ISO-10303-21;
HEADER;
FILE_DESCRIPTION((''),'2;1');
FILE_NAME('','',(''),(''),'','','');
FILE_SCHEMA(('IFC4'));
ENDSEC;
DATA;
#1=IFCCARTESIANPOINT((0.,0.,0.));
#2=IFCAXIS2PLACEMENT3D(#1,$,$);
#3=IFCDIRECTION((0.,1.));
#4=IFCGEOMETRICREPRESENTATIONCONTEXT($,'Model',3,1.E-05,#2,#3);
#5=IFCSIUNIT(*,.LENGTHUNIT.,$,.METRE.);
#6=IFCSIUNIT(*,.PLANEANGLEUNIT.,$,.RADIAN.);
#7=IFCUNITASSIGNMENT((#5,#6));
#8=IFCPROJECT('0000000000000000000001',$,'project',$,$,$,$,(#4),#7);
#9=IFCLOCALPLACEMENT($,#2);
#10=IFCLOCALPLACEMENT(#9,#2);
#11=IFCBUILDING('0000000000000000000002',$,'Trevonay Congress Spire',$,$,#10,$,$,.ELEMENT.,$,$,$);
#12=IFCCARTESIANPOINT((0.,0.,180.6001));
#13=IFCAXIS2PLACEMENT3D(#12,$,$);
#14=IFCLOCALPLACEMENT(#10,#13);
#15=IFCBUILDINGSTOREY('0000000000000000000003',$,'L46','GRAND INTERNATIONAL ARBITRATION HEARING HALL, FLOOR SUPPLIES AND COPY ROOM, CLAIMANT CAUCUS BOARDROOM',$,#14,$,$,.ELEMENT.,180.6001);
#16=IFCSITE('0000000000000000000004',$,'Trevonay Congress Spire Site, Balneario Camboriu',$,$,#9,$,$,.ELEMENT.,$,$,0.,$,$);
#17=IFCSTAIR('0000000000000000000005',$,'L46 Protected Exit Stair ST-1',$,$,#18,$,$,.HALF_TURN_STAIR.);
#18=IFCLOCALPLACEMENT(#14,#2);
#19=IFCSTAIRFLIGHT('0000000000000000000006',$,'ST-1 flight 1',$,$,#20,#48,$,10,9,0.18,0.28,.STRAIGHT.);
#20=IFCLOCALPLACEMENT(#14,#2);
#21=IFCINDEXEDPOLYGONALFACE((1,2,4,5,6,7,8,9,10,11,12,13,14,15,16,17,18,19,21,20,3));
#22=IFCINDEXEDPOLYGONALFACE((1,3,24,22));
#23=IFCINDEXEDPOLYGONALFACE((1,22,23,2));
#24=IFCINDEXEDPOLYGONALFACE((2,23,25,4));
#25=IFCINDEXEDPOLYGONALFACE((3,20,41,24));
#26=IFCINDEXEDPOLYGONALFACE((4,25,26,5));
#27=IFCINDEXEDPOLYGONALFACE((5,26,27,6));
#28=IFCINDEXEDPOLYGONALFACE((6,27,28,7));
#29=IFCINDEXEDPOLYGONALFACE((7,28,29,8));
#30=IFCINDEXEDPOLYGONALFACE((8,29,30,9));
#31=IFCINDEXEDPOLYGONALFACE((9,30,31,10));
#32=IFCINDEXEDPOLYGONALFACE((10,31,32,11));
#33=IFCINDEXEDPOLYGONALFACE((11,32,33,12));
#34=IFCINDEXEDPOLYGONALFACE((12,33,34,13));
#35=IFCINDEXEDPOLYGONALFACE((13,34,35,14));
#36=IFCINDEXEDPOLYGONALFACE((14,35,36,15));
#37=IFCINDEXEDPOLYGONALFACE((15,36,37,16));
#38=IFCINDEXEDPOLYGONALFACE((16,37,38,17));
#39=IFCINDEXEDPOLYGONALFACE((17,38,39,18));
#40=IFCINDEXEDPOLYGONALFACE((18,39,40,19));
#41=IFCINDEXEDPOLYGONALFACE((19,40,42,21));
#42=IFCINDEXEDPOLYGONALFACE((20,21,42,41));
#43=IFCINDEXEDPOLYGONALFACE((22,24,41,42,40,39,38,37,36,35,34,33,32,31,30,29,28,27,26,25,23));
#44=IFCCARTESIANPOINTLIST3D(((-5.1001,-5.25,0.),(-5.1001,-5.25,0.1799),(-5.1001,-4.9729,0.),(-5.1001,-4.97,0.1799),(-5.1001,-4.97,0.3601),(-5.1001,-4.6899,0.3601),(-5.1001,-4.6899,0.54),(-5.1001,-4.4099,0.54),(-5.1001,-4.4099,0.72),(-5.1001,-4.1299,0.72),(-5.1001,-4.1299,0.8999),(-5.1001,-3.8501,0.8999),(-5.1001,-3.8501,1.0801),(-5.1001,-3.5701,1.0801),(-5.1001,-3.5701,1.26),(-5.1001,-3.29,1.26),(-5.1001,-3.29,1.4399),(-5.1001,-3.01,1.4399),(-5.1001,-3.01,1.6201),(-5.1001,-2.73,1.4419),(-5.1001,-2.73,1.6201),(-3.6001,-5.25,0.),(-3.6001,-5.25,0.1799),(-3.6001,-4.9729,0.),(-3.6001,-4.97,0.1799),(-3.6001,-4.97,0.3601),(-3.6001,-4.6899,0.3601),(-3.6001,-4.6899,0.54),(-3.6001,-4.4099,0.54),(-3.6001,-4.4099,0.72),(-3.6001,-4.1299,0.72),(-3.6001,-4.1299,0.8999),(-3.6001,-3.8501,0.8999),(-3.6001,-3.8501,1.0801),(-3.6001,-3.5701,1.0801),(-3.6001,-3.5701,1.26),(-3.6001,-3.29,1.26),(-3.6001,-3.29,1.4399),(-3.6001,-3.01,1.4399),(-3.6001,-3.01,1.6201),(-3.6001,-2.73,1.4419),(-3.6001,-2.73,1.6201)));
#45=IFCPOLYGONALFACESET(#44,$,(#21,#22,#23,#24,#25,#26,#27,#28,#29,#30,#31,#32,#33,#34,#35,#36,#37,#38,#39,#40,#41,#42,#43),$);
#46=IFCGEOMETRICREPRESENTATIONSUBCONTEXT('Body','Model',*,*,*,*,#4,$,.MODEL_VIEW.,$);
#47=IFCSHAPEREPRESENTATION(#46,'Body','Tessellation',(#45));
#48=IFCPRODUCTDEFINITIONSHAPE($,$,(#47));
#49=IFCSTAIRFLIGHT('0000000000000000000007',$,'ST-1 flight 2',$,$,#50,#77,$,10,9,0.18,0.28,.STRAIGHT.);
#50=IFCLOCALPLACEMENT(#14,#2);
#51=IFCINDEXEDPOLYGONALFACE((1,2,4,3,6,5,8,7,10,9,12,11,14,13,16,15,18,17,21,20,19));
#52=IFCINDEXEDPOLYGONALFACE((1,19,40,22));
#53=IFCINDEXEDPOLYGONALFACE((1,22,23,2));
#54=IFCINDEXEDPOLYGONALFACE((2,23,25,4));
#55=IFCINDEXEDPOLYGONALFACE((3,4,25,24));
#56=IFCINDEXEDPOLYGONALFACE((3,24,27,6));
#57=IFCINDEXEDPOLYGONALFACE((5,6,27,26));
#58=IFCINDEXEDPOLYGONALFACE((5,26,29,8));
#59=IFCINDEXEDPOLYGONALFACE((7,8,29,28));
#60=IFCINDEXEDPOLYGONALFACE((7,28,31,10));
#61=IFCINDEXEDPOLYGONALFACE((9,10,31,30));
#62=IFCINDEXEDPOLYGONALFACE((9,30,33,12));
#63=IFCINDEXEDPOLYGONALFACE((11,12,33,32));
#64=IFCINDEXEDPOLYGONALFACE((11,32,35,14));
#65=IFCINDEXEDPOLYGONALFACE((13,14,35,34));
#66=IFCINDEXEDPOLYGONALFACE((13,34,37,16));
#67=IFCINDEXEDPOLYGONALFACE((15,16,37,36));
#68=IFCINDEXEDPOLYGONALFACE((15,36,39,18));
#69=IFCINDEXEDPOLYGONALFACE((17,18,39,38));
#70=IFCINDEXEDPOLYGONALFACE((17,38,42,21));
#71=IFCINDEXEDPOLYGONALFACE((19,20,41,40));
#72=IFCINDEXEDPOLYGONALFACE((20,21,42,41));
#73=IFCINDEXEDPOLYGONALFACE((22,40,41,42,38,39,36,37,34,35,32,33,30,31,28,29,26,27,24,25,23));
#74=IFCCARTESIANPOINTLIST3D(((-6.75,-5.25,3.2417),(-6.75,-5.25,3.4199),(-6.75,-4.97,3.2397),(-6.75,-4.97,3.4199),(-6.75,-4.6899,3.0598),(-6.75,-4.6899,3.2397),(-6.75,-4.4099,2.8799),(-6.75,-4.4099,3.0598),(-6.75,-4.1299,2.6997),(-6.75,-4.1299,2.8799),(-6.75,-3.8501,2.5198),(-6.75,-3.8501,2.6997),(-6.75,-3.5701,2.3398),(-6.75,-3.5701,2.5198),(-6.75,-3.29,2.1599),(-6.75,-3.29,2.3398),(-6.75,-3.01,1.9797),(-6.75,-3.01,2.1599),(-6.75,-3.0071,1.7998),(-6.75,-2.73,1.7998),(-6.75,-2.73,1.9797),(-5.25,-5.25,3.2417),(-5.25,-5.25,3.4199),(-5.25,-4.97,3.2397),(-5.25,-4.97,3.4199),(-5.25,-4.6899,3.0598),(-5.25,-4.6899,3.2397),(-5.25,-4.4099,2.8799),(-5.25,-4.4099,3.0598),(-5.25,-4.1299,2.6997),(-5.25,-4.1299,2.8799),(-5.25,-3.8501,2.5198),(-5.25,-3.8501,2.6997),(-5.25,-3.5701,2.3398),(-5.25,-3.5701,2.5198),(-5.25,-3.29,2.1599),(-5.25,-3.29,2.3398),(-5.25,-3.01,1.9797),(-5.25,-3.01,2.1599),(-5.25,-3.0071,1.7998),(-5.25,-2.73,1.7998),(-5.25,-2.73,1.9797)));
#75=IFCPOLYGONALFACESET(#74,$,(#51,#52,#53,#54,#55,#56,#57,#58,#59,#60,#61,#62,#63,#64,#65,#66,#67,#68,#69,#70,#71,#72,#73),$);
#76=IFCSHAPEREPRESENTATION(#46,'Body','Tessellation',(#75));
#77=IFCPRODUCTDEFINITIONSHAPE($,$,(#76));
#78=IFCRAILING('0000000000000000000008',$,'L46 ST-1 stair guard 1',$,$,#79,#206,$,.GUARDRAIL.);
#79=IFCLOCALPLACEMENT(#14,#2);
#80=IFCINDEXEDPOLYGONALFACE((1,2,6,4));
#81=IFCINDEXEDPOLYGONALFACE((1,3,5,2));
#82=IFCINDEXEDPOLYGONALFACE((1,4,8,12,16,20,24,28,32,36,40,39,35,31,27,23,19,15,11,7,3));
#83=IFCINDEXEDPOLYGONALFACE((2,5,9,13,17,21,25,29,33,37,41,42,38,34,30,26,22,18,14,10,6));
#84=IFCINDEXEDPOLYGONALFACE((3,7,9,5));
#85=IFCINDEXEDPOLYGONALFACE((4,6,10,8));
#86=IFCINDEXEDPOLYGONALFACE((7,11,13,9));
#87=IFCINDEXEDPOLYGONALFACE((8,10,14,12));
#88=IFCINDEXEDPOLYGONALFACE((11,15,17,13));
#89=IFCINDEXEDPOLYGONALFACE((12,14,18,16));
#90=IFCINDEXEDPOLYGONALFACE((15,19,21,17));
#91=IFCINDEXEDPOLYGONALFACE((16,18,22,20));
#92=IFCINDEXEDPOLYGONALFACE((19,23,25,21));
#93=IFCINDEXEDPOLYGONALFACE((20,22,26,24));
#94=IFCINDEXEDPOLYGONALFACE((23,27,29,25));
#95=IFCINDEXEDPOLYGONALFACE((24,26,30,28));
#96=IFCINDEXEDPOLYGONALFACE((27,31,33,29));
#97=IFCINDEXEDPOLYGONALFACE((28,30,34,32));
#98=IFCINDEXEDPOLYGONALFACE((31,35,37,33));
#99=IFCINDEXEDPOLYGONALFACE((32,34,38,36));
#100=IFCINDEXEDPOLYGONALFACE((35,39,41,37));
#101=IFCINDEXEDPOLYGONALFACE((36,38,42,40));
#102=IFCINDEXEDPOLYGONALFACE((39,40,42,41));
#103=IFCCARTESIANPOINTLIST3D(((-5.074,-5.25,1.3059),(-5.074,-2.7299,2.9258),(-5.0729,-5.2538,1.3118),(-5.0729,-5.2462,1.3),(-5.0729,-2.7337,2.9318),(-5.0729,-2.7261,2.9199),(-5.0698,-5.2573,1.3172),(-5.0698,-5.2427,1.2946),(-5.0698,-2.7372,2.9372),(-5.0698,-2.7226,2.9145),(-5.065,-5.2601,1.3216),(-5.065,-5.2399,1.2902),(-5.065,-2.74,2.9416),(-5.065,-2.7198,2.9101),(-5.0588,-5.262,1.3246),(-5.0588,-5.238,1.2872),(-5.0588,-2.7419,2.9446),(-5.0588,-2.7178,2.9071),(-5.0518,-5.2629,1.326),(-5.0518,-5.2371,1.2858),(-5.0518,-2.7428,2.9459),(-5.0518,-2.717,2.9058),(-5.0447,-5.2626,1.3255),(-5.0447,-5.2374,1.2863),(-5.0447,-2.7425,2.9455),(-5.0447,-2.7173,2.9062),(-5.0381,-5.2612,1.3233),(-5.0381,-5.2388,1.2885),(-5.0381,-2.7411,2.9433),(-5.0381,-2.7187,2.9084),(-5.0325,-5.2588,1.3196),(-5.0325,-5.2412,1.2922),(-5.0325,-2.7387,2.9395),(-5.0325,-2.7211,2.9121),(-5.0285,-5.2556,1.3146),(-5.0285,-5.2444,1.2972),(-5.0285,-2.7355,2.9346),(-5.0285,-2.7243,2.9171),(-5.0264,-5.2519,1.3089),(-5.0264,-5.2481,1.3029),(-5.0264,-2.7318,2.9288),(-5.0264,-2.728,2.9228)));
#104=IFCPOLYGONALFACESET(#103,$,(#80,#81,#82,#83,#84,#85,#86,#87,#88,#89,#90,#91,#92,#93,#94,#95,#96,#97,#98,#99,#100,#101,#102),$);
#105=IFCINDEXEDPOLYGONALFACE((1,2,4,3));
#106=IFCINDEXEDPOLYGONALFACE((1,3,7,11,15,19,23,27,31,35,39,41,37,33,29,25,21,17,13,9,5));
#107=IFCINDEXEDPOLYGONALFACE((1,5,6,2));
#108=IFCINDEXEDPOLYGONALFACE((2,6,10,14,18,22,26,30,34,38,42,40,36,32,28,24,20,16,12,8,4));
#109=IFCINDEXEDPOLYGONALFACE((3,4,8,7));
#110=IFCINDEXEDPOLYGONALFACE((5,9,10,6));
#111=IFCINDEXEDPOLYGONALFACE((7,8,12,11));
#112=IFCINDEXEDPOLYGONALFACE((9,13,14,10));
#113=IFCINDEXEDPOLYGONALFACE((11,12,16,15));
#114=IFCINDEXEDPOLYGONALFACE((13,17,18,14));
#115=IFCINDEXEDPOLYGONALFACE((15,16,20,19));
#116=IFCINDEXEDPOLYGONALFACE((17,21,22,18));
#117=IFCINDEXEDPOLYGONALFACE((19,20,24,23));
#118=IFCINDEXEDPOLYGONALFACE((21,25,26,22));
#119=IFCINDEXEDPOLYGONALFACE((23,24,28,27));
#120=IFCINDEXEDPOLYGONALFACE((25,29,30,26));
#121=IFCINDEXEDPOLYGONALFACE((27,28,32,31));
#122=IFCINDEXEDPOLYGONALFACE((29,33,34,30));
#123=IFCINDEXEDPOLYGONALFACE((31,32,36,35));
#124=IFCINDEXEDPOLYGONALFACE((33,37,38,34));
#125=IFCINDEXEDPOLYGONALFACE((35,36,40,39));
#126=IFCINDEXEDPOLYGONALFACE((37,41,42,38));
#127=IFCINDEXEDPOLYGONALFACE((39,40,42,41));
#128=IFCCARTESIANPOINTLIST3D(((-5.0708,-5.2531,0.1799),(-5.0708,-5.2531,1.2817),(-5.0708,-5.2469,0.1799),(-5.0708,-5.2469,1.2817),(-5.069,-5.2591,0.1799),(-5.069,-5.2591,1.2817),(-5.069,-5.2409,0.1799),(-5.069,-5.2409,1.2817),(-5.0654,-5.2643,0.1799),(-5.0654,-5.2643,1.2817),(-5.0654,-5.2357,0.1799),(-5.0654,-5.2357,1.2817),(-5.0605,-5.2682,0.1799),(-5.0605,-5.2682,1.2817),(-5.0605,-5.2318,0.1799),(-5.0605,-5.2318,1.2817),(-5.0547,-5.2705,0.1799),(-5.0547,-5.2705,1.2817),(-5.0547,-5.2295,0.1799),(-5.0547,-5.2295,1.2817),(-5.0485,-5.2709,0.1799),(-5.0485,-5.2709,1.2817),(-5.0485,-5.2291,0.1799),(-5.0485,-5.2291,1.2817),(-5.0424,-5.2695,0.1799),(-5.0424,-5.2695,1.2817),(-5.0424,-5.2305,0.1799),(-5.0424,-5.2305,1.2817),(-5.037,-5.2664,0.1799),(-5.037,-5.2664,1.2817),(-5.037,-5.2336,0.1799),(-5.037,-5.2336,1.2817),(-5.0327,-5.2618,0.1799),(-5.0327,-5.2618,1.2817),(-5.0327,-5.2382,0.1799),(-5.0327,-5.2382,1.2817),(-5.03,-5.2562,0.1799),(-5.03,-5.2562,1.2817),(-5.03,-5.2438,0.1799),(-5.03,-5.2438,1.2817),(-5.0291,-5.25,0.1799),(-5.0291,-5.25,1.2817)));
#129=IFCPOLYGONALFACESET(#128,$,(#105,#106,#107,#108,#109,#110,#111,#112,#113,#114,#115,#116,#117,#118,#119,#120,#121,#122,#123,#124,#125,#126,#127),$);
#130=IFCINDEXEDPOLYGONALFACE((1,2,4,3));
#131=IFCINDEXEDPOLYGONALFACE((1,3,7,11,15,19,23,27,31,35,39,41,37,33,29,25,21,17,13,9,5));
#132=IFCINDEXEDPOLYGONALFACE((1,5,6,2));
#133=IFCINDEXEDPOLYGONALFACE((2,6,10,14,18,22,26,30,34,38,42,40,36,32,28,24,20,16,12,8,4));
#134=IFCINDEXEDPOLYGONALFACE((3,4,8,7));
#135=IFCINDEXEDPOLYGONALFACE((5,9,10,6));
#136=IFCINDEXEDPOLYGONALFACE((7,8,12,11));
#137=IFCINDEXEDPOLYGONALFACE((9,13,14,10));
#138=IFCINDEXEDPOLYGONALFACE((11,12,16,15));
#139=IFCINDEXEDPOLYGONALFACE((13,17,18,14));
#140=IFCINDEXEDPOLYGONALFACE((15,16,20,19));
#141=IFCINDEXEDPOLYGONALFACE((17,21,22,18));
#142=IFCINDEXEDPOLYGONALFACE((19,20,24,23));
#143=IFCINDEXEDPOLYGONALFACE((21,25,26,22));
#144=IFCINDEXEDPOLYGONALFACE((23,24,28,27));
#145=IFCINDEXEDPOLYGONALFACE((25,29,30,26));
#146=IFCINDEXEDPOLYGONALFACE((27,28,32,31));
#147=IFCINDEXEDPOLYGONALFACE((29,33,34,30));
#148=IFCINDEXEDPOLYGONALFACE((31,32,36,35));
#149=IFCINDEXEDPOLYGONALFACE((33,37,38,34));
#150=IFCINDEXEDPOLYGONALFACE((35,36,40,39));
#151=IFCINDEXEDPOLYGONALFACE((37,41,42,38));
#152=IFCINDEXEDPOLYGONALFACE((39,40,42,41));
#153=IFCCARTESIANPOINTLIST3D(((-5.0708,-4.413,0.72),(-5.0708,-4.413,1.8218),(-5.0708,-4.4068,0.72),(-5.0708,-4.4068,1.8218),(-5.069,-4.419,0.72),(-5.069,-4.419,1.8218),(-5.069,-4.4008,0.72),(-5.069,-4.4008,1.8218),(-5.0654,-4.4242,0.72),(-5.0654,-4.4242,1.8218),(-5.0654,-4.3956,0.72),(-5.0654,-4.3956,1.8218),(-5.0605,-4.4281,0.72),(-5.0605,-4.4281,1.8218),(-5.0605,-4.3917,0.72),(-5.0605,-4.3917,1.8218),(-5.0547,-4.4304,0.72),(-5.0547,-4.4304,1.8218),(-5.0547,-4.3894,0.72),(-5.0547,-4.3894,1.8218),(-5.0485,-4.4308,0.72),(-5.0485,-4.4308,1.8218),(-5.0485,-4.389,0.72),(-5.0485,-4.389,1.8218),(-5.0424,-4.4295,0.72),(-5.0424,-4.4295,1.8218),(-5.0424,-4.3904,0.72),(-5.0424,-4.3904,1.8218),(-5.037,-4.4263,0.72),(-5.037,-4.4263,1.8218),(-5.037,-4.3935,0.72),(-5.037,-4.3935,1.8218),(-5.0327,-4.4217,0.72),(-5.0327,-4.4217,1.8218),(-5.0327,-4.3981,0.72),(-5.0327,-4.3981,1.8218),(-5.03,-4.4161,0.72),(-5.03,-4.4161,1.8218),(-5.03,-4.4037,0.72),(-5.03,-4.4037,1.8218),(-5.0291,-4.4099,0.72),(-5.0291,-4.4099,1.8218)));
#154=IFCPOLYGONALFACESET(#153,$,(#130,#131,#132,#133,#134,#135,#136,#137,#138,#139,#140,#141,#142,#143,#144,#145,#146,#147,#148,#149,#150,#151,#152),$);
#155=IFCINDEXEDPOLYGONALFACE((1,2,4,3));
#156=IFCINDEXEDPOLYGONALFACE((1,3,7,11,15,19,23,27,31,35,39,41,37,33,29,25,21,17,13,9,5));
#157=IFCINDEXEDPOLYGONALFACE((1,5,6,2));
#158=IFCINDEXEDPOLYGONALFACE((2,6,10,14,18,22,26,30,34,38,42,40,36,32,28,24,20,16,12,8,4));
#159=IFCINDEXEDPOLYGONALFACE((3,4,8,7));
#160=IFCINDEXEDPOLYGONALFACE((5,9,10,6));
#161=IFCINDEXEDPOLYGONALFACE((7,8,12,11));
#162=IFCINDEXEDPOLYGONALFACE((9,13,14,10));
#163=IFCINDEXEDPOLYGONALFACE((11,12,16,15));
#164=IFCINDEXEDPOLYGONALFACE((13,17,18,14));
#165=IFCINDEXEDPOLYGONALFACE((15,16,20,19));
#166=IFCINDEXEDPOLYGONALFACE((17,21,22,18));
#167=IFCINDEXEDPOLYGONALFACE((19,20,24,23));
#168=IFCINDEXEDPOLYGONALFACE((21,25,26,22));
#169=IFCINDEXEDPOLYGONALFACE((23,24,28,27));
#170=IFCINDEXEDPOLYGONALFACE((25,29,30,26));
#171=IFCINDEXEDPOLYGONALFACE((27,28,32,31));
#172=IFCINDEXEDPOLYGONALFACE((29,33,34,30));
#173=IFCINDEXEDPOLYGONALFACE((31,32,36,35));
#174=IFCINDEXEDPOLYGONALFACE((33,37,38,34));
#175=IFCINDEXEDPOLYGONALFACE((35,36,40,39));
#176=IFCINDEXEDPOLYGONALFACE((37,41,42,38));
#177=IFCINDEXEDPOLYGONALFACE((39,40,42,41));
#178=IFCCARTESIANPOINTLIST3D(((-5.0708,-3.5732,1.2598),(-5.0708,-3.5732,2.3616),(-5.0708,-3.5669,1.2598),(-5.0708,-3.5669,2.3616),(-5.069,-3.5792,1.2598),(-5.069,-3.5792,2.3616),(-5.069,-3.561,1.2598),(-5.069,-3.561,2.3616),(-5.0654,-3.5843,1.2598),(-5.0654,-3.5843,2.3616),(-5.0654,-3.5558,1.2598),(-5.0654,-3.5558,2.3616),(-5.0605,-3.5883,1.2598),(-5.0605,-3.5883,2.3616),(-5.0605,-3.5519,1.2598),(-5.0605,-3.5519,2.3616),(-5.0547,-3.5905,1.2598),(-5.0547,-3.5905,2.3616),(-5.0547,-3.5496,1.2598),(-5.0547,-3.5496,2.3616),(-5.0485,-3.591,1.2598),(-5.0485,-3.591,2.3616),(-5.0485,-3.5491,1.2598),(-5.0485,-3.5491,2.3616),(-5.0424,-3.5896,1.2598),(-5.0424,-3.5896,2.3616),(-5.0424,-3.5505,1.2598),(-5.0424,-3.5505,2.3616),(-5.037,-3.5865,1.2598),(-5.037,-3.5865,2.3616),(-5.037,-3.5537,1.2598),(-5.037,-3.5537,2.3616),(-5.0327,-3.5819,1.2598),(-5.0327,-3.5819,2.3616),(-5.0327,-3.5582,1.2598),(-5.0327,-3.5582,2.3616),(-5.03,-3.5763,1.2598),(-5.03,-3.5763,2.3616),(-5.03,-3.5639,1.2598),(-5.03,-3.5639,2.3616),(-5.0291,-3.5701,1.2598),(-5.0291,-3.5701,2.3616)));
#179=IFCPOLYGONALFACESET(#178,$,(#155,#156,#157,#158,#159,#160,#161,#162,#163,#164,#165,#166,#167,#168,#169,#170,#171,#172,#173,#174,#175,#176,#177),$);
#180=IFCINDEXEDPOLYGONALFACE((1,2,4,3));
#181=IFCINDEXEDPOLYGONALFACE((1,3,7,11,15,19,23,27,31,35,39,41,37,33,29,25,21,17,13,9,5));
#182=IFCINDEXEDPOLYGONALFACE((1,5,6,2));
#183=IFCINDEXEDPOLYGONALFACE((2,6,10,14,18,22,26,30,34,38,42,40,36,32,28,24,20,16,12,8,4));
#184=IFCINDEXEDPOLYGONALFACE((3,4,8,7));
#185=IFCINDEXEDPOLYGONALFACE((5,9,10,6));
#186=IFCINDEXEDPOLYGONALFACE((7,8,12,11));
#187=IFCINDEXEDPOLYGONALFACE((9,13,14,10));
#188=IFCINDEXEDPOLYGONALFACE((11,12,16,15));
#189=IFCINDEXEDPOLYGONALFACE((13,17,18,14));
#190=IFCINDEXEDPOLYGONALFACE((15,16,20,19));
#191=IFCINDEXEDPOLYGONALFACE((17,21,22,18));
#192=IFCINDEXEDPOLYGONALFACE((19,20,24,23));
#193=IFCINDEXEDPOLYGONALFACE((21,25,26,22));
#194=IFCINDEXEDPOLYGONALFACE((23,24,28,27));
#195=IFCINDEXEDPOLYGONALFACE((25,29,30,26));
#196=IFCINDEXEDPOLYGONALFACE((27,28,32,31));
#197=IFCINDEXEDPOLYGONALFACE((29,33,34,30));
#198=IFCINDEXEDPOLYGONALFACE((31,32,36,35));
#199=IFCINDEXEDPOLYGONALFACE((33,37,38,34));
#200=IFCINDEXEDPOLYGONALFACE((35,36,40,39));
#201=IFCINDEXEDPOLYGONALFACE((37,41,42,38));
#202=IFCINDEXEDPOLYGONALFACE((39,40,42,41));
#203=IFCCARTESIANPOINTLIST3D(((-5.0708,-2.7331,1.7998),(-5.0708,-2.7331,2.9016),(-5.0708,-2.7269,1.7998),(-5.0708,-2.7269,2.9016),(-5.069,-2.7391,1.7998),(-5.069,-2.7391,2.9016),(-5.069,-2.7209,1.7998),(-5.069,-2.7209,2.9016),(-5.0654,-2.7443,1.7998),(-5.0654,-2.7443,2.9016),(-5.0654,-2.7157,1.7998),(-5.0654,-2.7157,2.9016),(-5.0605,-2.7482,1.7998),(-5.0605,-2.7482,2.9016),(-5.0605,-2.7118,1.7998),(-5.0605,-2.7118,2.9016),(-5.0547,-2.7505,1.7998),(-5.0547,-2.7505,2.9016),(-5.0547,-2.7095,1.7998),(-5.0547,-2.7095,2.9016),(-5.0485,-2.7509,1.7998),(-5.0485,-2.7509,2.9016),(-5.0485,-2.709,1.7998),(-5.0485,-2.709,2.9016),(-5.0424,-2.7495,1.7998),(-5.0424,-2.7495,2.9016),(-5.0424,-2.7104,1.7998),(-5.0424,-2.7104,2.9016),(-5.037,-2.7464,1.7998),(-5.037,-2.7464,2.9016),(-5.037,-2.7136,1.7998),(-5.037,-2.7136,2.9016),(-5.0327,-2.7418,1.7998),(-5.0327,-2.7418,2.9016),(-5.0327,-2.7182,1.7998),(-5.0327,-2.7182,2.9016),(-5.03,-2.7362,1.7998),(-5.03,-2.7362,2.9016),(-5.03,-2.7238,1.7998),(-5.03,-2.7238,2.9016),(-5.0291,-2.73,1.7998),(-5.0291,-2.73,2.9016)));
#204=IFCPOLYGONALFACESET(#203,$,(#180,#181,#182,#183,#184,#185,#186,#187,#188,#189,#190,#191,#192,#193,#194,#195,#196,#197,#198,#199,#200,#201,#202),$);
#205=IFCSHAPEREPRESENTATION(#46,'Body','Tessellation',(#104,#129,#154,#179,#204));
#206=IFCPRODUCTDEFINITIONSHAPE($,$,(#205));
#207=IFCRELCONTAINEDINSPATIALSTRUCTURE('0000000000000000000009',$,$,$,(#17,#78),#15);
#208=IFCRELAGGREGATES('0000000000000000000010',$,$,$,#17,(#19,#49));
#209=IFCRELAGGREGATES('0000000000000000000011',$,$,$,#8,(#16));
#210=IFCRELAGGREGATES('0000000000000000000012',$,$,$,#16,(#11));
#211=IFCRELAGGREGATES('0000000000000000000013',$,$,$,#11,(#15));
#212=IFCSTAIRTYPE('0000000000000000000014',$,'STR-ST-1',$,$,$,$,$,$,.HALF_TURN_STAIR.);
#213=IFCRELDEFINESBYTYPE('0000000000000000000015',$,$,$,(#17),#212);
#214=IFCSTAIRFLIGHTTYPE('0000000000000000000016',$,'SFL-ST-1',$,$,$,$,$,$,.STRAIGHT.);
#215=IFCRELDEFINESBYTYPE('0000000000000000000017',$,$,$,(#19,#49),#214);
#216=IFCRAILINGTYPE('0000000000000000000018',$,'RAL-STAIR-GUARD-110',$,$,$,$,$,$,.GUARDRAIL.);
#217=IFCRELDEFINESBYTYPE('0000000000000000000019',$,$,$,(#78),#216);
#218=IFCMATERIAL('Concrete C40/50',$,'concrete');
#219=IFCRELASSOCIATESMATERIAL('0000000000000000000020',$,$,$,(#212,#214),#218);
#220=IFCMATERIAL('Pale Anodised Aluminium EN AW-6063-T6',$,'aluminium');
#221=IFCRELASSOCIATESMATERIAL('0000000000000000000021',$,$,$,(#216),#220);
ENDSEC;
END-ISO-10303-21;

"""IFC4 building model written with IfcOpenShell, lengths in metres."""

from ifc_helpers import new_model, si_unit, direction, frame, origin, origin_2d, place, context, subcontext, project, spatial, polyline, circle, outline, extrude, material, type_object, element, aggregate, save


model = new_model("IFC4")

# Units and contexts
model_context = context("Model", 3, precision=1e-05, world=origin(), true_north=direction((0.0, 1.0)))
body_context = subcontext(model_context, "Body", "Model", "MODEL_VIEW")
ifc_project = project(units=[si_unit("LENGTHUNIT", "METRE"), si_unit("PLANEANGLEUNIT", "RADIAN")], contexts=[model_context])

# Site, building, storey
site_placement = place(None, origin())
site = spatial("IfcSite", under=ifc_project, at=site_placement, Name="Trevonay Congress Spire Site, Balneario Camboriu", CompositionType="ELEMENT", RefElevation=0.0)
building_placement = place(site_placement, origin())
building = spatial("IfcBuilding", under=site, at=building_placement, Name="Trevonay Congress Spire", CompositionType="ELEMENT")
storey_placement = place(building_placement, frame((0.0, 0.0, 180.6001)))
storey = spatial("IfcBuildingStorey", under=building, at=storey_placement, Name="L46", Description="GRAND INTERNATIONAL ARBITRATION HEARING HALL, FLOOR SUPPLIES AND COPY ROOM, CLAIMANT CAUCUS BOARDROOM", CompositionType="ELEMENT", Elevation=180.6001)

# Shared definitions
ifc_material_1 = material(Name="Concrete C40/50", Category="concrete")

# Stair, stair flights
stair_type = type_object("IfcStairType", Name="STR-ST-1", PredefinedType="HALF_TURN_STAIR", material=ifc_material_1)
stair_placement = place(storey_placement, origin())
stair = element("IfcStair", 1, at=stair_placement, inside=storey, type_object=stair_type, Name="L46 Protected Exit Stair ST-1", PredefinedType="HALF_TURN_STAIR")
stair_flight_type = type_object("IfcStairFlightType", Name="SFL-ST-1", PredefinedType="STRAIGHT", material=ifc_material_1)
stair_flight_1_placement = place(storey_placement, frame((-4.3501, -5.25, 0.0), z_axis=(0.0, 0.0, 1.0), x_axis=(0.0, 1.0, 0.0)))
stair_flight_1 = element("IfcStairFlight", 2, at=stair_flight_1_placement, type_object=stair_flight_type, Name="ST-1 flight 1", NumberOfRisers=10, NumberOfTreads=9, PredefinedType="STRAIGHT", RiserHeight=0.18, TreadLength=0.28, context=body_context, shape_type="SweptSolid", body=[
    extrude(outline(polyline([(0.0, 0.0), (0.0, 0.1799), (0.28, 0.1799), (0.28, 0.3601), (0.5601, 0.3601), (0.5601, 0.54), (0.8401, 0.54), (0.8401, 0.72), (1.1201, 0.72), (1.1201, 0.8999), (1.3999, 0.8999), (1.3999, 1.0801), (1.6799, 1.0801), (1.6799, 1.26), (1.96, 1.26), (1.96, 1.4399), (2.24, 1.4399), (2.24, 1.6201), (2.52, 1.6201), (2.52, 1.8), (2.52, 1.4419), (0.2771, 0.0), (0.0, 0.0)])), frame((0.0, 0.75, 0.0), z_axis=(0.0, -1.0, 0.0), x_axis=(1.0, 0.0, 0.0)), (0.0, 0.0, 1.0), 1.5),
])
stair_flight_2_placement = place(storey_placement, frame((-6.0, -2.73, 1.7998), z_axis=(0.0, 0.0, 1.0), x_axis=(0.0, -1.0, 0.0)))
stair_flight_2 = element("IfcStairFlight", 3, at=stair_flight_2_placement, type_object=stair_flight_type, Name="ST-1 flight 2", NumberOfRisers=10, NumberOfTreads=9, PredefinedType="STRAIGHT", RiserHeight=0.18, TreadLength=0.28, context=body_context, shape_type="SweptSolid", body=[
    extrude(outline(polyline([(0.0, 0.0), (0.0, 0.1799), (0.28, 0.1799), (0.28, 0.3601), (0.5601, 0.3601), (0.5601, 0.54), (0.8401, 0.54), (0.8401, 0.72), (1.1201, 0.72), (1.1201, 0.8999), (1.3999, 0.8999), (1.3999, 1.0801), (1.6799, 1.0801), (1.6799, 1.26), (1.96, 1.26), (1.96, 1.4399), (2.24, 1.4399), (2.24, 1.6201), (2.52, 1.6201), (2.52, 1.8), (2.52, 1.4419), (0.2771, 0.0), (0.0, 0.0)])), frame((0.0, 0.75, 0.0), z_axis=(0.0, -1.0, 0.0), x_axis=(1.0, 0.0, 0.0)), (0.0, 0.0, 1.0), 1.5),
])
aggregate(stair, [stair_flight_1, stair_flight_2])

# Railing
ifc_material_2 = material(Name="Pale Anodised Aluminium EN AW-6063-T6", Category="aluminium")
railing_type_1 = type_object("IfcRailingType", Name="RAL-STAIR-GUARD-110", PredefinedType="GUARDRAIL", material=ifc_material_2)
railing_1_placement = place(storey_placement, frame((-5.05, -5.25, 0.1799)))
element("IfcRailing", 4, at=railing_1_placement, inside=storey, type_object=railing_type_1, Name="L46 ST-1 stair guard 1", PredefinedType="GUARDRAIL", context=body_context, shape_type="SweptSolid", body=[
    extrude(circle(Radius=0.0239, at=origin_2d()), frame((0.0, 0.0, 1.126), z_axis=(0.0, 0.8412, 0.540725), x_axis=(-1.0, 0.0, 0.0)), (0.0, 0.0, 1.0), 2.9958),
    extrude(circle(Radius=0.021, at=origin_2d()), origin(), (0.0, 0.0, 1.0), 1.1018),
    extrude(circle(Radius=0.021, at=origin_2d()), frame((0.0, 0.8401, 0.54)), (0.0, 0.0, 1.0), 1.1018),
    extrude(circle(Radius=0.021, at=origin_2d()), frame((0.0, 1.6799, 1.0798)), (0.0, 0.0, 1.0), 1.1018),
    extrude(circle(Radius=0.021, at=origin_2d()), frame((0.0, 2.52, 1.6199)), (0.0, 0.0, 1.0), 1.1018),
])

save(model, "model.ifc")
